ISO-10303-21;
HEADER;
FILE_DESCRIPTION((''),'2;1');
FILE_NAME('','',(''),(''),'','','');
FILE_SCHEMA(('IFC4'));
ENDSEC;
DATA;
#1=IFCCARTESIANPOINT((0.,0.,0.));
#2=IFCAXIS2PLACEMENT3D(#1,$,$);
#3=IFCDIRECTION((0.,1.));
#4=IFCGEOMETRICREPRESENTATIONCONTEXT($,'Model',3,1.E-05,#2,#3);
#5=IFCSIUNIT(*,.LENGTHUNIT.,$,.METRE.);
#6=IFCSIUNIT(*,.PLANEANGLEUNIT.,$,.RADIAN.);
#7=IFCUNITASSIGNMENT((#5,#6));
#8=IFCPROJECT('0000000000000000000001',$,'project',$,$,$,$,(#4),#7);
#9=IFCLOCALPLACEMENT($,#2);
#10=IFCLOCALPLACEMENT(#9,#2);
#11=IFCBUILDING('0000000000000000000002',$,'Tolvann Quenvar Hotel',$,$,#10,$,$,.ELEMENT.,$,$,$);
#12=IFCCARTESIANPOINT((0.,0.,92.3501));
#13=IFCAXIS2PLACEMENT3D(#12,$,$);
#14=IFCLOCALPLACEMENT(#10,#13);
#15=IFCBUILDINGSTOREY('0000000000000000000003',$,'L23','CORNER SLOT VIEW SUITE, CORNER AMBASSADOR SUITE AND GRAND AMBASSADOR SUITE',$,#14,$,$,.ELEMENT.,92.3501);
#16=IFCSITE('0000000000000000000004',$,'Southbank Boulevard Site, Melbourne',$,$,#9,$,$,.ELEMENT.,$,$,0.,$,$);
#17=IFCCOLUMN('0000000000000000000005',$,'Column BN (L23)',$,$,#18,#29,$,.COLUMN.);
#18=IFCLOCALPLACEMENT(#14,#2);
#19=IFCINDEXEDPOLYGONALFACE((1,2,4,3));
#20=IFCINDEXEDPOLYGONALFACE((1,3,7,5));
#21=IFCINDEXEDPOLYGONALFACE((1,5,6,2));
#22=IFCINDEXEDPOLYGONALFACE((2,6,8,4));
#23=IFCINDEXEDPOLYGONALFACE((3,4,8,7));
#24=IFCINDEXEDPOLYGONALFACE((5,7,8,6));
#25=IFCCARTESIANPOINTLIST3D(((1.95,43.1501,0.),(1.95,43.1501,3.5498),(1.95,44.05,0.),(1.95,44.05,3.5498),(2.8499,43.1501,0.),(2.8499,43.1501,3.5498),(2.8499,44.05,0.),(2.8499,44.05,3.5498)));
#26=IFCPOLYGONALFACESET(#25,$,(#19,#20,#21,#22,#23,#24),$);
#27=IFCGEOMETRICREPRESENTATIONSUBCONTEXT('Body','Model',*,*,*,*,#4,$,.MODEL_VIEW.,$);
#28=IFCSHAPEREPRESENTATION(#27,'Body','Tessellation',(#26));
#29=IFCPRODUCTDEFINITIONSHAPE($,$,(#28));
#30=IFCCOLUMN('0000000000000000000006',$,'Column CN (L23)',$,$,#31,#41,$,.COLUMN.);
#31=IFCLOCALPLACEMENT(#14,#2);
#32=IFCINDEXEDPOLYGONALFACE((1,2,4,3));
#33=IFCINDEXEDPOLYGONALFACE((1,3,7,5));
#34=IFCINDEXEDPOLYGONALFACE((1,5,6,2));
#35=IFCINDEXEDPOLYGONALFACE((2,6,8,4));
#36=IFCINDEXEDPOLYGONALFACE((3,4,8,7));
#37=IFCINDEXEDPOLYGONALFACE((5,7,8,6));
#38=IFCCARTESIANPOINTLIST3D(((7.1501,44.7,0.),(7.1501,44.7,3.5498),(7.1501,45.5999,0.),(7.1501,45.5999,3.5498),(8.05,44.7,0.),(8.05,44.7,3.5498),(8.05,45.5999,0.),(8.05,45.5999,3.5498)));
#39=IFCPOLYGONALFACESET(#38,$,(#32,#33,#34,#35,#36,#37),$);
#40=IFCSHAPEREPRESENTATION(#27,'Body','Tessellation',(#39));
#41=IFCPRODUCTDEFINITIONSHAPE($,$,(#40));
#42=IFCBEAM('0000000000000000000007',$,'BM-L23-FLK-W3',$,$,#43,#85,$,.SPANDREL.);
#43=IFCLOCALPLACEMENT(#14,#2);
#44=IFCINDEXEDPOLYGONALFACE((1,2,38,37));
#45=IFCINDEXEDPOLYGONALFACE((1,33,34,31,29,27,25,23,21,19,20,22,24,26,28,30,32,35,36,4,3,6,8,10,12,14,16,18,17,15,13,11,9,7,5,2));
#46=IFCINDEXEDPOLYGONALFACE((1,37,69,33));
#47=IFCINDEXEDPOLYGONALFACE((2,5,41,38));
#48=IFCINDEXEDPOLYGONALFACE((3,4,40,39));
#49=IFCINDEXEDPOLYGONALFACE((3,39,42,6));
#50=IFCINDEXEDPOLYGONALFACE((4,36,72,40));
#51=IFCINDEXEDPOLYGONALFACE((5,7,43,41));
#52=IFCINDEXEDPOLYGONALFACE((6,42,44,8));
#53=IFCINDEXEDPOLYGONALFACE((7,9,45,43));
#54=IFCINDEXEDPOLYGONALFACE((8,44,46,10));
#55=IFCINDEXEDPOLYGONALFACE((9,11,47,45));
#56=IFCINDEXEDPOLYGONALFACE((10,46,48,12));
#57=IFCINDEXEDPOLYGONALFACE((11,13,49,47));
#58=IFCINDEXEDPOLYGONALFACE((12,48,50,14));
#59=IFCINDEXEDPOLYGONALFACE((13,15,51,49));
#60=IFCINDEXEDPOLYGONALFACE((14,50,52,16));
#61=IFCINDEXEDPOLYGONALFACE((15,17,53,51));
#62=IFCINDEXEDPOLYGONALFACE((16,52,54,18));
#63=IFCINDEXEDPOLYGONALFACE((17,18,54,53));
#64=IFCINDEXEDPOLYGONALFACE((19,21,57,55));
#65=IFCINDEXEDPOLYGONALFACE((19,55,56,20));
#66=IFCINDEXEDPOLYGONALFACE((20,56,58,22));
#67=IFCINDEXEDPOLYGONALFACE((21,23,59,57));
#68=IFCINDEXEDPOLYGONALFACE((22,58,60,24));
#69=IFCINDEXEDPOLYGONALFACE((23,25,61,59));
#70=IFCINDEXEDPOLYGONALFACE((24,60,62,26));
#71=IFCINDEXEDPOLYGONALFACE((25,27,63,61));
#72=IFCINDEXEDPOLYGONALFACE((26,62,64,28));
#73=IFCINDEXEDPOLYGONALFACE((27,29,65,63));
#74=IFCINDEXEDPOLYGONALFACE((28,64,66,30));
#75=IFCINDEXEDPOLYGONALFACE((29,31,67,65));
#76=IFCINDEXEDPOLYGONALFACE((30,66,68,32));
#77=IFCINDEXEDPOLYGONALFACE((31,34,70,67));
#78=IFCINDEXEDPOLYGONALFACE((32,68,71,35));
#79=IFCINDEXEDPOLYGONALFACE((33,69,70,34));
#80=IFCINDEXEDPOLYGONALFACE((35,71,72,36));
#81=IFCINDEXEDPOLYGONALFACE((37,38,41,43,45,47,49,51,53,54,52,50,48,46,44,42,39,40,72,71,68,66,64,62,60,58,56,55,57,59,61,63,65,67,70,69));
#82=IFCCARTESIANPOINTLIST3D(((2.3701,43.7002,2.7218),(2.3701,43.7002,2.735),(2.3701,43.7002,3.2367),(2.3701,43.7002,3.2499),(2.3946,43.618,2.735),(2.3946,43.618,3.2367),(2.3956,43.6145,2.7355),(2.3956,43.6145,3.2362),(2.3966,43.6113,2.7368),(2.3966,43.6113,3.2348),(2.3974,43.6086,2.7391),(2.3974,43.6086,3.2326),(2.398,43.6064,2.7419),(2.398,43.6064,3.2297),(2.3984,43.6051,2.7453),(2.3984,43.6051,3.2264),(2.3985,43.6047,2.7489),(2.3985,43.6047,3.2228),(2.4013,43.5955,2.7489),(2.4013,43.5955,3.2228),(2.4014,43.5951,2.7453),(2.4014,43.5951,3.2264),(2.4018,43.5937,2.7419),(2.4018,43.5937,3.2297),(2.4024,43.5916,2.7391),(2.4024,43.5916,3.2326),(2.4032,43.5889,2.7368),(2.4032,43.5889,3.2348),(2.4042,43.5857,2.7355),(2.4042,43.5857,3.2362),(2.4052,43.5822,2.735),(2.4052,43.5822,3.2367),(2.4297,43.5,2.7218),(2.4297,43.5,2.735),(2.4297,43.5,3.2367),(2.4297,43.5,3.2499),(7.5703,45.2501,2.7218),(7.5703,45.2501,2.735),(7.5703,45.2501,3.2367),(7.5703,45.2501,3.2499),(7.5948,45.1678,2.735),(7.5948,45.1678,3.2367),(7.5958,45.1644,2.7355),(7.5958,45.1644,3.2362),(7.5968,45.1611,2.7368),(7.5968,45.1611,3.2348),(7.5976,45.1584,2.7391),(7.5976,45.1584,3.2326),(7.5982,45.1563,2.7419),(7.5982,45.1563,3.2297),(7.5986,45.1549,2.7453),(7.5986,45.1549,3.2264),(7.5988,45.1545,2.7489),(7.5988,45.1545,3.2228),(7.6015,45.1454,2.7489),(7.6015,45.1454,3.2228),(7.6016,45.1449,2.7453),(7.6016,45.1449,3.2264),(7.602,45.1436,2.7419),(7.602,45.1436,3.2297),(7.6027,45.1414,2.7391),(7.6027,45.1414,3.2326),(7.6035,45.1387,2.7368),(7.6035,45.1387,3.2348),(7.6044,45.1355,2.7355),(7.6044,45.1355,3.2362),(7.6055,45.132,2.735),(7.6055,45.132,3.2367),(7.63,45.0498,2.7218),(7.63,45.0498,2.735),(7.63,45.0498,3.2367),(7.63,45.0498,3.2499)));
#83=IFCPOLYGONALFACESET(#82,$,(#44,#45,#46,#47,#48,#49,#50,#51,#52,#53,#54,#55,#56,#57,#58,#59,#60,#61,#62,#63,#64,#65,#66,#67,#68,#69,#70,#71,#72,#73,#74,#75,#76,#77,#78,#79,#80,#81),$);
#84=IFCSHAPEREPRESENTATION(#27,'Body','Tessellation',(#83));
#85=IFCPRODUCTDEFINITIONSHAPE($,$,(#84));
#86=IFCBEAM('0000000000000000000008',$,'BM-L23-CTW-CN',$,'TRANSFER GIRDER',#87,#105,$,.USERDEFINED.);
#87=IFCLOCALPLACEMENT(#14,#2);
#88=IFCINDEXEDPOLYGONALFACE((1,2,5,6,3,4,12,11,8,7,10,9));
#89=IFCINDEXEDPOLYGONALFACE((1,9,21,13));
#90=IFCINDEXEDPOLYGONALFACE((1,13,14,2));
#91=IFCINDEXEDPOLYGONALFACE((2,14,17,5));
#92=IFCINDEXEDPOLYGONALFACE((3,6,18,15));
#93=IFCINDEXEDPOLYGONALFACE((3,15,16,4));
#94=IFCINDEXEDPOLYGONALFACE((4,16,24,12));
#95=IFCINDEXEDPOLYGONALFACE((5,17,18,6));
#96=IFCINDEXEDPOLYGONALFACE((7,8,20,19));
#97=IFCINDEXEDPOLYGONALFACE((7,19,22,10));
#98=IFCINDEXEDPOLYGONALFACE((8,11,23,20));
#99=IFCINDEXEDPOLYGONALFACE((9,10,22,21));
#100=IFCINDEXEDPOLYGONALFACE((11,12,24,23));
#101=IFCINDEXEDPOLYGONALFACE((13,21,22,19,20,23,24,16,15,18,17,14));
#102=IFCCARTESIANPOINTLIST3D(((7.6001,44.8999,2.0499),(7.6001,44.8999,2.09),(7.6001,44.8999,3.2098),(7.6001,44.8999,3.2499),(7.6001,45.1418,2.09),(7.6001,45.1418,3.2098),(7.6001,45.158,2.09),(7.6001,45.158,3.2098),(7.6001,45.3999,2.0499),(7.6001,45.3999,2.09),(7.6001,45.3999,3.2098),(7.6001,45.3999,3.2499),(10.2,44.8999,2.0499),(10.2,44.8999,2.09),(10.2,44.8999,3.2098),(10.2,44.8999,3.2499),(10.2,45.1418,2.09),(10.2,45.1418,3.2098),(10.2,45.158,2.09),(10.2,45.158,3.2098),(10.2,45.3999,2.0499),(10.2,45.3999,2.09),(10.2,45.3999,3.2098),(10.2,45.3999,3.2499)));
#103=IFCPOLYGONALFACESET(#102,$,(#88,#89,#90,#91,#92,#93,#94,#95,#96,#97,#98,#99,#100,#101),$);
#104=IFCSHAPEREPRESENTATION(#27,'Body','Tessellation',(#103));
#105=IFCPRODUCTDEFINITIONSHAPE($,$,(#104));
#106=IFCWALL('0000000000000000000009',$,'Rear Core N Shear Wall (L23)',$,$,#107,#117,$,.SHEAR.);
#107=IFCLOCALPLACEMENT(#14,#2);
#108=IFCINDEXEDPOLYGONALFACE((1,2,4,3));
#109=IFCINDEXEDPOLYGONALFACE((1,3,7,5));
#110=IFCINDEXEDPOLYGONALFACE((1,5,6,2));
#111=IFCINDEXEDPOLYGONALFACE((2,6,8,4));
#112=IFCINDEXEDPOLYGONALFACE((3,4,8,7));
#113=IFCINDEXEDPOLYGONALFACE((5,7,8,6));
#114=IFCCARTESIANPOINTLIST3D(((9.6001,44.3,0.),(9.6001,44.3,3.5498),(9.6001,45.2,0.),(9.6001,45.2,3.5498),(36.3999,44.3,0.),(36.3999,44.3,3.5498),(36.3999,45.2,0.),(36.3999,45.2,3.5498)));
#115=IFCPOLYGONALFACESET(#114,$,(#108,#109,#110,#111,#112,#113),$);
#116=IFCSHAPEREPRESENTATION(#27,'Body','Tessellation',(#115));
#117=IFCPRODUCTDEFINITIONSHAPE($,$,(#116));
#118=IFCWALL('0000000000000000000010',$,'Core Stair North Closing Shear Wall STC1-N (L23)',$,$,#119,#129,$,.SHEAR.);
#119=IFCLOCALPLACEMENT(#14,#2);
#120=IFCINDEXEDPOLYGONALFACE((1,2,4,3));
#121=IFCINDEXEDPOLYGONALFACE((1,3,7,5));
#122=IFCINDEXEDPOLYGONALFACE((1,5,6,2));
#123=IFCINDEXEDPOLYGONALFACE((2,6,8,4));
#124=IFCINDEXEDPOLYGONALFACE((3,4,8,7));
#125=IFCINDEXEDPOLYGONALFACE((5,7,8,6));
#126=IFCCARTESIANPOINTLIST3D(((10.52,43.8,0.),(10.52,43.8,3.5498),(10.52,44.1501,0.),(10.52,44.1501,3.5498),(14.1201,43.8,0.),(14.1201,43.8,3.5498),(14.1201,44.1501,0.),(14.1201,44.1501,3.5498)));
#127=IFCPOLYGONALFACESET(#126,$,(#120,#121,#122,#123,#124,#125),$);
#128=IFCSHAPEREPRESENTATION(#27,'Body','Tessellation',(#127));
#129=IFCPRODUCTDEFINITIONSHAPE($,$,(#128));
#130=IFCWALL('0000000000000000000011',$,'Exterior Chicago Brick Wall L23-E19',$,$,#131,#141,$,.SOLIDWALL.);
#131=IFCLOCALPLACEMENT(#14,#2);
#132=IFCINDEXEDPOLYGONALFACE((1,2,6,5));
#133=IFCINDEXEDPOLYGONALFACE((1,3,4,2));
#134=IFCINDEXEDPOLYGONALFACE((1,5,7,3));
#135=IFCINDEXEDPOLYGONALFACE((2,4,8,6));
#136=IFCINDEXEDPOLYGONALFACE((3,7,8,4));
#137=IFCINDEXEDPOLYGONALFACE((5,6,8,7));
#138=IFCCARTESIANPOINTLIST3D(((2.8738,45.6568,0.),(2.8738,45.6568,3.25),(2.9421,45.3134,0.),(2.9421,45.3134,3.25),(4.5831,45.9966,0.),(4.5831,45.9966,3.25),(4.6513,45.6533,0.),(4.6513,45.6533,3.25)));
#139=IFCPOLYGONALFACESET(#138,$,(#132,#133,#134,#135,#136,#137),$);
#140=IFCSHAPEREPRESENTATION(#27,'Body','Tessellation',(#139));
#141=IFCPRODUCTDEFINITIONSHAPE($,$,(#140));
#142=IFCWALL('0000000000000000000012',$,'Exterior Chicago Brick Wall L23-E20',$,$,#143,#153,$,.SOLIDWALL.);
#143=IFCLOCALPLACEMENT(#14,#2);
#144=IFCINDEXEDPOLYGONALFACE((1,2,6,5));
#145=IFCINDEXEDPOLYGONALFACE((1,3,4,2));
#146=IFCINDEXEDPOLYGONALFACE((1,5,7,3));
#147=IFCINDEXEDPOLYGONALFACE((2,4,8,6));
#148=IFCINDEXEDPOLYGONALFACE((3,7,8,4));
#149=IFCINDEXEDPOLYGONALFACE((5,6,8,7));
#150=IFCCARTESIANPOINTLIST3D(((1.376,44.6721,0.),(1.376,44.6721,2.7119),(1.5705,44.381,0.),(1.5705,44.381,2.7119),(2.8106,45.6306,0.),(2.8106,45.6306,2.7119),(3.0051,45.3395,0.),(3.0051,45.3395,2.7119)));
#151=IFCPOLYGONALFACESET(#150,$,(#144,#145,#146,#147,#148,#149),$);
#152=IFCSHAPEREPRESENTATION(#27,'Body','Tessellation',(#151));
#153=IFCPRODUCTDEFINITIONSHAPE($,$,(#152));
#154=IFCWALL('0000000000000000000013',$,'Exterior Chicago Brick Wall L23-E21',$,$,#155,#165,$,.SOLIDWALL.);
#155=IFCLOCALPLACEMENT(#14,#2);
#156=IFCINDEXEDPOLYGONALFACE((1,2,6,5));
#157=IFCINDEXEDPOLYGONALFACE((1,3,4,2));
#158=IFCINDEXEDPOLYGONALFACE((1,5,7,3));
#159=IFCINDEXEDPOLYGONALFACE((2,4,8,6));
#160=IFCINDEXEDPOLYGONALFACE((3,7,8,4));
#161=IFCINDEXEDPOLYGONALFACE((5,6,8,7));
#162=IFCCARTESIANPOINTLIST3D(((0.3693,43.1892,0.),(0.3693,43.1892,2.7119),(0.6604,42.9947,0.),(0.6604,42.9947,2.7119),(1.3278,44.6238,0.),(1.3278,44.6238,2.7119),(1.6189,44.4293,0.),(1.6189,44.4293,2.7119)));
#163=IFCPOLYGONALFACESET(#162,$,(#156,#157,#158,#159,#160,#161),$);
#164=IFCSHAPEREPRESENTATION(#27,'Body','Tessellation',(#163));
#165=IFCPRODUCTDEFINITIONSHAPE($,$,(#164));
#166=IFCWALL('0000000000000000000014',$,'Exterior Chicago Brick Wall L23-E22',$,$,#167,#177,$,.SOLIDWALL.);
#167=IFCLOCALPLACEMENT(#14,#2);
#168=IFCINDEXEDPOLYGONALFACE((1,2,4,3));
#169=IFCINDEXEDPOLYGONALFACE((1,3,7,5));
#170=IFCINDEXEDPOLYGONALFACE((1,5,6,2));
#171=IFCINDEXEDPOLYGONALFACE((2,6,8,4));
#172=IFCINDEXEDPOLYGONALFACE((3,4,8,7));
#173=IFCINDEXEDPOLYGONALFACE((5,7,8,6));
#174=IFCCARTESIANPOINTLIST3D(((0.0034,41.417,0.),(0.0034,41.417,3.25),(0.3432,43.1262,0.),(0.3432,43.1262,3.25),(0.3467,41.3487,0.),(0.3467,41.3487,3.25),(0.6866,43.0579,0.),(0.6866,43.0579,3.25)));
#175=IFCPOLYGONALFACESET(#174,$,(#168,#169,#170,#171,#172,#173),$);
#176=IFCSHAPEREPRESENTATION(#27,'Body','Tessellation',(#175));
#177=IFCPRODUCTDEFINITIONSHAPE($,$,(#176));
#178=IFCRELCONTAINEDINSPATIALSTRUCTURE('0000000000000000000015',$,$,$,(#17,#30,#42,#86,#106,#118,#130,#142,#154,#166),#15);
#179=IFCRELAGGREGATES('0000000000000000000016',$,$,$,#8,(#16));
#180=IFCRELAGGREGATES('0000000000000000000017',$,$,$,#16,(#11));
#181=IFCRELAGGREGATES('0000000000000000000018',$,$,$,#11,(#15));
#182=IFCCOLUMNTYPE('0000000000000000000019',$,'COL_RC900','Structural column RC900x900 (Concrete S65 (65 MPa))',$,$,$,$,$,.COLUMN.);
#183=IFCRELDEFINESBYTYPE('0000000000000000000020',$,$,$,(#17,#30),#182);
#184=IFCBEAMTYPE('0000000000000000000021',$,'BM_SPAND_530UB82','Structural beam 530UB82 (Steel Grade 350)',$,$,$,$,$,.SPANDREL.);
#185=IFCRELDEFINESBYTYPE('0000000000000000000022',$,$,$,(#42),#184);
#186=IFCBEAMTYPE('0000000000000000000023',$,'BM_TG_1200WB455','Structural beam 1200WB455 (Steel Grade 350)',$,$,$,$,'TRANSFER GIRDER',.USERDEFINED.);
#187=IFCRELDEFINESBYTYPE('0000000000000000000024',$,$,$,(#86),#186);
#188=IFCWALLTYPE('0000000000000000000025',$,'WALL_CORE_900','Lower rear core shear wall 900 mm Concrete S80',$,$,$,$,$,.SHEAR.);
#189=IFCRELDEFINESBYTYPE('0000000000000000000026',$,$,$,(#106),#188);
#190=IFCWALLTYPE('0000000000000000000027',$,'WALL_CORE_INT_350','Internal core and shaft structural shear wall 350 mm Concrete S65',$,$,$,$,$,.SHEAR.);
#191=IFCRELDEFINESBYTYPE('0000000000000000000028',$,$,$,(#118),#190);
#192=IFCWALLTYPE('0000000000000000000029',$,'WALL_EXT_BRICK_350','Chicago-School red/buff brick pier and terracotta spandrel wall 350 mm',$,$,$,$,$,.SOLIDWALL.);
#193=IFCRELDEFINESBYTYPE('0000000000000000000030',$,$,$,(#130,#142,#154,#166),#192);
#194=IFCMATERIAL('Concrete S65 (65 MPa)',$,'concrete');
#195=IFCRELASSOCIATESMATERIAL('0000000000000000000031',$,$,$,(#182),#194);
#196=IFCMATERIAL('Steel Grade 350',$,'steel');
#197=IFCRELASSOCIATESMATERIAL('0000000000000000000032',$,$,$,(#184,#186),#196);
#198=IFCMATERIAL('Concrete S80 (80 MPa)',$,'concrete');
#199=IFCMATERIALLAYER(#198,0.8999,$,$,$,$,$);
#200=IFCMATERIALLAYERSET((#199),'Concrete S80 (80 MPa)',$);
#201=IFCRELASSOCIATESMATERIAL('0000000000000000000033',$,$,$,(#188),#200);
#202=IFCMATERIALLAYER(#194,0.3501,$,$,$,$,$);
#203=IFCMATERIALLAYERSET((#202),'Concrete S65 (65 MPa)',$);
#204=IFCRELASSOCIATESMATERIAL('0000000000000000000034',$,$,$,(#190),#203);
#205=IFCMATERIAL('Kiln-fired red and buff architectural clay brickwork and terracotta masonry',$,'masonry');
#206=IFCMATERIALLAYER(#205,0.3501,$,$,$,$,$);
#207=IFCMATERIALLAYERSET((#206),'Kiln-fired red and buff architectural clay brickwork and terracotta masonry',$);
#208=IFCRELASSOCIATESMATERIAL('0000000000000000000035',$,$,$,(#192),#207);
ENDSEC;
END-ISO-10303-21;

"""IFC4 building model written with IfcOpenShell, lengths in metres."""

from ifc_helpers import new_model, si_unit, direction, frame, frame_2d, origin, origin_2d, place, context, subcontext, project, spatial, rectangle, i_section, extrude, source, transform, mapped, material, layer, layer_set, material_profile, profile_set, type_object, type_shapes, element, save


model = new_model("IFC4")

# Units and contexts
model_context = context("Model", 3, precision=1e-05, world=origin(), true_north=direction((0.0, 1.0)))
body_context = subcontext(model_context, "Body", "Model", "MODEL_VIEW")
ifc_project = project(units=[si_unit("LENGTHUNIT", "METRE"), si_unit("PLANEANGLEUNIT", "RADIAN")], contexts=[model_context])

# Site, building, storey
site_placement = place(None, origin())
site = spatial("IfcSite", under=ifc_project, at=site_placement, Name="Southbank Boulevard Site, Melbourne", CompositionType="ELEMENT", RefElevation=0.0)
building_placement = place(site_placement, origin())
building = spatial("IfcBuilding", under=site, at=building_placement, Name="Tolvann Quenvar Hotel", CompositionType="ELEMENT")
storey_placement = place(building_placement, frame((0.0, 0.0, 92.3501)))
storey = spatial("IfcBuildingStorey", under=building, at=storey_placement, Name="L23", Description="CORNER SLOT VIEW SUITE, CORNER AMBASSADOR SUITE AND GRAND AMBASSADOR SUITE", CompositionType="ELEMENT", Elevation=92.3501)

# Columns
ifc_material_1 = material(Name="Concrete S65 (65 MPa)", Category="concrete")
ifc_material_profile_1 = material_profile(ifc_material_1, rectangle(XDim=0.8999, YDim=0.8999, at=origin_2d()), Name="RC900x900")
ifc_profile_set_1 = profile_set([ifc_material_profile_1], Name="Concrete S65 (65 MPa)")
column_type = type_object("IfcColumnType", Name="COL_RC900", Description="Structural column RC900x900 (Concrete S65 (65 MPa))", PredefinedType="COLUMN", material=ifc_profile_set_1)
shared_shape_1 = source(origin(), body_context, "Body", "SweptSolid", [
    extrude(rectangle(XDim=0.8999, YDim=0.8999, at=origin_2d()), origin(), (0.0, 0.0, 1.0), 3.5498),
])
type_shapes(column_type, [shared_shape_1])
for number, where, z_axis, x_axis, name in (
    (1, (2.3999, 43.6001, 0.0), (0.0, 0.0, 1.0), (1.0, 0.0, 0.0), "Column BN (L23)"),
    (2, (7.6001, 45.1499, 0.0), (0.0, 0.0, 1.0), (1.0, 0.0, 0.0), "Column CN (L23)"),
):
    element("IfcColumn", number, at=place(storey_placement, frame(where, z_axis=z_axis, x_axis=x_axis)), inside=storey, type_object=column_type, Name=name, PredefinedType="COLUMN", context=body_context, shape_type="MappedRepresentation", body=[
        mapped(shared_shape_1, transform((0.0, 0.0, 0.0), x_axis=(1.0, 0.0, 0.0), y_axis=(0.0, 1.0, 0.0), z_axis=(0.0, 0.0, 1.0), scale=1.0)),
    ])

# Beams
ifc_material_2 = material(Name="Steel Grade 350", Category="steel")
ifc_material_profile_2 = material_profile(ifc_material_2, i_section(OverallWidth=0.209, OverallDepth=0.5281, WebThickness=0.0095, FlangeThickness=0.0132, FilletRadius=0.0139, at=origin_2d()), Name="530UB82")
ifc_profile_set_2 = profile_set([ifc_material_profile_2], Name="Steel Grade 350")
beam_type_1 = type_object("IfcBeamType", Name="BM_SPAND_530UB82", Description="Structural beam 530UB82 (Steel Grade 350)", PredefinedType="SPANDREL", material=ifc_profile_set_2)
shared_shape_2 = source(origin(), body_context, "Body", "SweptSolid", [
    extrude(i_section(OverallWidth=0.209, OverallDepth=0.5281, WebThickness=0.0095, FlangeThickness=0.0132, FilletRadius=0.0139, at=origin_2d()), origin(), (0.0, 0.0, 1.0), 5.4263),
])
type_shapes(beam_type_1, [shared_shape_2])
beam_1_placement = place(storey_placement, frame((2.3999, 43.6001, 2.9858), z_axis=(0.958345, 0.285614, 0.0), x_axis=(-0.285614, 0.958345, 0.0)))
element("IfcBeam", 3, at=beam_1_placement, inside=storey, type_object=beam_type_1, Name="BM-L23-FLK-W3", PredefinedType="SPANDREL", context=body_context, shape_type="MappedRepresentation", body=[
    mapped(shared_shape_2, transform((0.0, 0.0, 0.0), x_axis=(1.0, 0.0, 0.0), y_axis=(0.0, 1.0, 0.0), z_axis=(0.0, 0.0, 1.0), scale=1.0)),
])
ifc_material_profile_3 = material_profile(ifc_material_2, i_section(OverallWidth=0.5, OverallDepth=1.2, WebThickness=0.0161, FlangeThickness=0.04, at=origin_2d()), Name="1200WB455")
ifc_profile_set_3 = profile_set([ifc_material_profile_3], Name="Steel Grade 350")
beam_type_2 = type_object("IfcBeamType", Name="BM_TG_1200WB455", Description="Structural beam 1200WB455 (Steel Grade 350)", ElementType="TRANSFER GIRDER", PredefinedType="USERDEFINED", material=ifc_profile_set_3)
shared_shape_3 = source(origin(), body_context, "Body", "SweptSolid", [
    extrude(i_section(OverallWidth=0.5, OverallDepth=1.2, WebThickness=0.0161, FlangeThickness=0.04, at=origin_2d()), origin(), (0.0, 0.0, 1.0), 2.5999),
])
type_shapes(beam_type_2, [shared_shape_3])
beam_2_placement = place(storey_placement, frame((7.6001, 45.1499, 2.6499), z_axis=(1.0, 0.0, 0.0), x_axis=(0.0, 1.0, 0.0)))
element("IfcBeam", 4, at=beam_2_placement, inside=storey, type_object=beam_type_2, Name="BM-L23-CTW-CN", ObjectType="TRANSFER GIRDER", PredefinedType="USERDEFINED", context=body_context, shape_type="MappedRepresentation", body=[
    mapped(shared_shape_3, transform((0.0, 0.0, 0.0), x_axis=(1.0, 0.0, 0.0), y_axis=(0.0, 1.0, 0.0), z_axis=(0.0, 0.0, 1.0), scale=1.0)),
])

# Walls
ifc_material_3 = material(Name="Concrete S80 (80 MPa)", Category="concrete")
ifc_layer_1 = layer(ifc_material_3, 0.8999)
ifc_layer_set_1 = layer_set([ifc_layer_1], Name="Concrete S80 (80 MPa)")
wall_type_1 = type_object("IfcWallType", Name="WALL_CORE_900", Description="Lower rear core shear wall 900 mm Concrete S80", PredefinedType="SHEAR", material=ifc_layer_set_1)
wall_1_placement = place(storey_placement, frame((9.6001, 44.75, 0.0), z_axis=(0.0, 0.0, 1.0), x_axis=(1.0, 0.0, 0.0)))
element("IfcWall", 5, at=wall_1_placement, inside=storey, type_object=wall_type_1, Name="Rear Core N Shear Wall (L23)", PredefinedType="SHEAR", context=body_context, shape_type="SweptSolid", body=[
    extrude(rectangle(XDim=26.7998, YDim=0.8999, at=frame_2d((13.3999, 0.0))), origin(), (0.0, 0.0, 1.0), 3.5498),
])
ifc_layer_2 = layer(ifc_material_1, 0.3501)
ifc_layer_set_2 = layer_set([ifc_layer_2], Name="Concrete S65 (65 MPa)")
wall_type_2 = type_object("IfcWallType", Name="WALL_CORE_INT_350", Description="Internal core and shaft structural shear wall 350 mm Concrete S65", PredefinedType="SHEAR", material=ifc_layer_set_2)
wall_2_placement = place(storey_placement, frame((10.52, 43.9751, 0.0), z_axis=(0.0, 0.0, 1.0), x_axis=(1.0, 0.0, 0.0)))
element("IfcWall", 6, at=wall_2_placement, inside=storey, type_object=wall_type_2, Name="Core Stair North Closing Shear Wall STC1-N (L23)", PredefinedType="SHEAR", context=body_context, shape_type="SweptSolid", body=[
    extrude(rectangle(XDim=3.6001, YDim=0.3501, at=frame_2d((1.8, 0.0))), origin(), (0.0, 0.0, 1.0), 3.5498),
])
ifc_material_4 = material(Name="Kiln-fired red and buff architectural clay brickwork and terracotta masonry", Category="masonry")
ifc_layer_3 = layer(ifc_material_4, 0.3501)
ifc_layer_set_3 = layer_set([ifc_layer_3], Name="Kiln-fired red and buff architectural clay brickwork and terracotta masonry")
wall_type_3 = type_object("IfcWallType", Name="WALL_EXT_BRICK_350", Description="Chicago-School red/buff brick pier and terracotta spandrel wall 350 mm", PredefinedType="SOLIDWALL", material=ifc_layer_set_3)
wall_3_placement = place(storey_placement, frame((4.6172, 45.825, 0.0), z_axis=(0.0, 0.0, 1.0), x_axis=(-0.980801, -0.195011, 0.0)))
element("IfcWall", 7, at=wall_3_placement, inside=storey, type_object=wall_type_3, Name="Exterior Chicago Brick Wall L23-E19", PredefinedType="SOLIDWALL", context=body_context, shape_type="SweptSolid", body=[
    extrude(rectangle(XDim=1.7427, YDim=0.3501, at=frame_2d((0.8713, 0.0))), origin(), (0.0, 0.0, 1.0), 3.25),
])
for number, where, z_axis, x_axis, name in (
    (8, (2.908, 45.4851, 0.0), (0.0, 0.0, 1.0), (-0.831484, -0.555549, 0.0), "Exterior Chicago Brick Wall L23-E20"),
    (9, (1.4734, 44.5266, 0.0), (0.0, 0.0, 1.0), (-0.555549, -0.831484, 0.0), "Exterior Chicago Brick Wall L23-E21"),
):
    element("IfcWall", number, at=place(storey_placement, frame(where, z_axis=z_axis, x_axis=x_axis)), inside=storey, type_object=wall_type_3, Name=name, PredefinedType="SOLIDWALL", context=body_context, shape_type="SweptSolid", body=[
        extrude(rectangle(XDim=1.7253, YDim=0.3501, at=frame_2d((0.8628, 0.0))), origin(), (0.0, 0.0, 1.0), 2.7119),
    ])
wall_4_placement = place(storey_placement, frame((0.5149, 43.092, 0.0), z_axis=(0.0, 0.0, 1.0), x_axis=(-0.195011, -0.980801, 0.0)))
element("IfcWall", 10, at=wall_4_placement, inside=storey, type_object=wall_type_3, Name="Exterior Chicago Brick Wall L23-E22", PredefinedType="SOLIDWALL", context=body_context, shape_type="SweptSolid", body=[
    extrude(rectangle(XDim=1.7427, YDim=0.3501, at=frame_2d((0.8713, 0.0))), origin(), (0.0, 0.0, 1.0), 3.25),
])

save(model, "model.ifc")
